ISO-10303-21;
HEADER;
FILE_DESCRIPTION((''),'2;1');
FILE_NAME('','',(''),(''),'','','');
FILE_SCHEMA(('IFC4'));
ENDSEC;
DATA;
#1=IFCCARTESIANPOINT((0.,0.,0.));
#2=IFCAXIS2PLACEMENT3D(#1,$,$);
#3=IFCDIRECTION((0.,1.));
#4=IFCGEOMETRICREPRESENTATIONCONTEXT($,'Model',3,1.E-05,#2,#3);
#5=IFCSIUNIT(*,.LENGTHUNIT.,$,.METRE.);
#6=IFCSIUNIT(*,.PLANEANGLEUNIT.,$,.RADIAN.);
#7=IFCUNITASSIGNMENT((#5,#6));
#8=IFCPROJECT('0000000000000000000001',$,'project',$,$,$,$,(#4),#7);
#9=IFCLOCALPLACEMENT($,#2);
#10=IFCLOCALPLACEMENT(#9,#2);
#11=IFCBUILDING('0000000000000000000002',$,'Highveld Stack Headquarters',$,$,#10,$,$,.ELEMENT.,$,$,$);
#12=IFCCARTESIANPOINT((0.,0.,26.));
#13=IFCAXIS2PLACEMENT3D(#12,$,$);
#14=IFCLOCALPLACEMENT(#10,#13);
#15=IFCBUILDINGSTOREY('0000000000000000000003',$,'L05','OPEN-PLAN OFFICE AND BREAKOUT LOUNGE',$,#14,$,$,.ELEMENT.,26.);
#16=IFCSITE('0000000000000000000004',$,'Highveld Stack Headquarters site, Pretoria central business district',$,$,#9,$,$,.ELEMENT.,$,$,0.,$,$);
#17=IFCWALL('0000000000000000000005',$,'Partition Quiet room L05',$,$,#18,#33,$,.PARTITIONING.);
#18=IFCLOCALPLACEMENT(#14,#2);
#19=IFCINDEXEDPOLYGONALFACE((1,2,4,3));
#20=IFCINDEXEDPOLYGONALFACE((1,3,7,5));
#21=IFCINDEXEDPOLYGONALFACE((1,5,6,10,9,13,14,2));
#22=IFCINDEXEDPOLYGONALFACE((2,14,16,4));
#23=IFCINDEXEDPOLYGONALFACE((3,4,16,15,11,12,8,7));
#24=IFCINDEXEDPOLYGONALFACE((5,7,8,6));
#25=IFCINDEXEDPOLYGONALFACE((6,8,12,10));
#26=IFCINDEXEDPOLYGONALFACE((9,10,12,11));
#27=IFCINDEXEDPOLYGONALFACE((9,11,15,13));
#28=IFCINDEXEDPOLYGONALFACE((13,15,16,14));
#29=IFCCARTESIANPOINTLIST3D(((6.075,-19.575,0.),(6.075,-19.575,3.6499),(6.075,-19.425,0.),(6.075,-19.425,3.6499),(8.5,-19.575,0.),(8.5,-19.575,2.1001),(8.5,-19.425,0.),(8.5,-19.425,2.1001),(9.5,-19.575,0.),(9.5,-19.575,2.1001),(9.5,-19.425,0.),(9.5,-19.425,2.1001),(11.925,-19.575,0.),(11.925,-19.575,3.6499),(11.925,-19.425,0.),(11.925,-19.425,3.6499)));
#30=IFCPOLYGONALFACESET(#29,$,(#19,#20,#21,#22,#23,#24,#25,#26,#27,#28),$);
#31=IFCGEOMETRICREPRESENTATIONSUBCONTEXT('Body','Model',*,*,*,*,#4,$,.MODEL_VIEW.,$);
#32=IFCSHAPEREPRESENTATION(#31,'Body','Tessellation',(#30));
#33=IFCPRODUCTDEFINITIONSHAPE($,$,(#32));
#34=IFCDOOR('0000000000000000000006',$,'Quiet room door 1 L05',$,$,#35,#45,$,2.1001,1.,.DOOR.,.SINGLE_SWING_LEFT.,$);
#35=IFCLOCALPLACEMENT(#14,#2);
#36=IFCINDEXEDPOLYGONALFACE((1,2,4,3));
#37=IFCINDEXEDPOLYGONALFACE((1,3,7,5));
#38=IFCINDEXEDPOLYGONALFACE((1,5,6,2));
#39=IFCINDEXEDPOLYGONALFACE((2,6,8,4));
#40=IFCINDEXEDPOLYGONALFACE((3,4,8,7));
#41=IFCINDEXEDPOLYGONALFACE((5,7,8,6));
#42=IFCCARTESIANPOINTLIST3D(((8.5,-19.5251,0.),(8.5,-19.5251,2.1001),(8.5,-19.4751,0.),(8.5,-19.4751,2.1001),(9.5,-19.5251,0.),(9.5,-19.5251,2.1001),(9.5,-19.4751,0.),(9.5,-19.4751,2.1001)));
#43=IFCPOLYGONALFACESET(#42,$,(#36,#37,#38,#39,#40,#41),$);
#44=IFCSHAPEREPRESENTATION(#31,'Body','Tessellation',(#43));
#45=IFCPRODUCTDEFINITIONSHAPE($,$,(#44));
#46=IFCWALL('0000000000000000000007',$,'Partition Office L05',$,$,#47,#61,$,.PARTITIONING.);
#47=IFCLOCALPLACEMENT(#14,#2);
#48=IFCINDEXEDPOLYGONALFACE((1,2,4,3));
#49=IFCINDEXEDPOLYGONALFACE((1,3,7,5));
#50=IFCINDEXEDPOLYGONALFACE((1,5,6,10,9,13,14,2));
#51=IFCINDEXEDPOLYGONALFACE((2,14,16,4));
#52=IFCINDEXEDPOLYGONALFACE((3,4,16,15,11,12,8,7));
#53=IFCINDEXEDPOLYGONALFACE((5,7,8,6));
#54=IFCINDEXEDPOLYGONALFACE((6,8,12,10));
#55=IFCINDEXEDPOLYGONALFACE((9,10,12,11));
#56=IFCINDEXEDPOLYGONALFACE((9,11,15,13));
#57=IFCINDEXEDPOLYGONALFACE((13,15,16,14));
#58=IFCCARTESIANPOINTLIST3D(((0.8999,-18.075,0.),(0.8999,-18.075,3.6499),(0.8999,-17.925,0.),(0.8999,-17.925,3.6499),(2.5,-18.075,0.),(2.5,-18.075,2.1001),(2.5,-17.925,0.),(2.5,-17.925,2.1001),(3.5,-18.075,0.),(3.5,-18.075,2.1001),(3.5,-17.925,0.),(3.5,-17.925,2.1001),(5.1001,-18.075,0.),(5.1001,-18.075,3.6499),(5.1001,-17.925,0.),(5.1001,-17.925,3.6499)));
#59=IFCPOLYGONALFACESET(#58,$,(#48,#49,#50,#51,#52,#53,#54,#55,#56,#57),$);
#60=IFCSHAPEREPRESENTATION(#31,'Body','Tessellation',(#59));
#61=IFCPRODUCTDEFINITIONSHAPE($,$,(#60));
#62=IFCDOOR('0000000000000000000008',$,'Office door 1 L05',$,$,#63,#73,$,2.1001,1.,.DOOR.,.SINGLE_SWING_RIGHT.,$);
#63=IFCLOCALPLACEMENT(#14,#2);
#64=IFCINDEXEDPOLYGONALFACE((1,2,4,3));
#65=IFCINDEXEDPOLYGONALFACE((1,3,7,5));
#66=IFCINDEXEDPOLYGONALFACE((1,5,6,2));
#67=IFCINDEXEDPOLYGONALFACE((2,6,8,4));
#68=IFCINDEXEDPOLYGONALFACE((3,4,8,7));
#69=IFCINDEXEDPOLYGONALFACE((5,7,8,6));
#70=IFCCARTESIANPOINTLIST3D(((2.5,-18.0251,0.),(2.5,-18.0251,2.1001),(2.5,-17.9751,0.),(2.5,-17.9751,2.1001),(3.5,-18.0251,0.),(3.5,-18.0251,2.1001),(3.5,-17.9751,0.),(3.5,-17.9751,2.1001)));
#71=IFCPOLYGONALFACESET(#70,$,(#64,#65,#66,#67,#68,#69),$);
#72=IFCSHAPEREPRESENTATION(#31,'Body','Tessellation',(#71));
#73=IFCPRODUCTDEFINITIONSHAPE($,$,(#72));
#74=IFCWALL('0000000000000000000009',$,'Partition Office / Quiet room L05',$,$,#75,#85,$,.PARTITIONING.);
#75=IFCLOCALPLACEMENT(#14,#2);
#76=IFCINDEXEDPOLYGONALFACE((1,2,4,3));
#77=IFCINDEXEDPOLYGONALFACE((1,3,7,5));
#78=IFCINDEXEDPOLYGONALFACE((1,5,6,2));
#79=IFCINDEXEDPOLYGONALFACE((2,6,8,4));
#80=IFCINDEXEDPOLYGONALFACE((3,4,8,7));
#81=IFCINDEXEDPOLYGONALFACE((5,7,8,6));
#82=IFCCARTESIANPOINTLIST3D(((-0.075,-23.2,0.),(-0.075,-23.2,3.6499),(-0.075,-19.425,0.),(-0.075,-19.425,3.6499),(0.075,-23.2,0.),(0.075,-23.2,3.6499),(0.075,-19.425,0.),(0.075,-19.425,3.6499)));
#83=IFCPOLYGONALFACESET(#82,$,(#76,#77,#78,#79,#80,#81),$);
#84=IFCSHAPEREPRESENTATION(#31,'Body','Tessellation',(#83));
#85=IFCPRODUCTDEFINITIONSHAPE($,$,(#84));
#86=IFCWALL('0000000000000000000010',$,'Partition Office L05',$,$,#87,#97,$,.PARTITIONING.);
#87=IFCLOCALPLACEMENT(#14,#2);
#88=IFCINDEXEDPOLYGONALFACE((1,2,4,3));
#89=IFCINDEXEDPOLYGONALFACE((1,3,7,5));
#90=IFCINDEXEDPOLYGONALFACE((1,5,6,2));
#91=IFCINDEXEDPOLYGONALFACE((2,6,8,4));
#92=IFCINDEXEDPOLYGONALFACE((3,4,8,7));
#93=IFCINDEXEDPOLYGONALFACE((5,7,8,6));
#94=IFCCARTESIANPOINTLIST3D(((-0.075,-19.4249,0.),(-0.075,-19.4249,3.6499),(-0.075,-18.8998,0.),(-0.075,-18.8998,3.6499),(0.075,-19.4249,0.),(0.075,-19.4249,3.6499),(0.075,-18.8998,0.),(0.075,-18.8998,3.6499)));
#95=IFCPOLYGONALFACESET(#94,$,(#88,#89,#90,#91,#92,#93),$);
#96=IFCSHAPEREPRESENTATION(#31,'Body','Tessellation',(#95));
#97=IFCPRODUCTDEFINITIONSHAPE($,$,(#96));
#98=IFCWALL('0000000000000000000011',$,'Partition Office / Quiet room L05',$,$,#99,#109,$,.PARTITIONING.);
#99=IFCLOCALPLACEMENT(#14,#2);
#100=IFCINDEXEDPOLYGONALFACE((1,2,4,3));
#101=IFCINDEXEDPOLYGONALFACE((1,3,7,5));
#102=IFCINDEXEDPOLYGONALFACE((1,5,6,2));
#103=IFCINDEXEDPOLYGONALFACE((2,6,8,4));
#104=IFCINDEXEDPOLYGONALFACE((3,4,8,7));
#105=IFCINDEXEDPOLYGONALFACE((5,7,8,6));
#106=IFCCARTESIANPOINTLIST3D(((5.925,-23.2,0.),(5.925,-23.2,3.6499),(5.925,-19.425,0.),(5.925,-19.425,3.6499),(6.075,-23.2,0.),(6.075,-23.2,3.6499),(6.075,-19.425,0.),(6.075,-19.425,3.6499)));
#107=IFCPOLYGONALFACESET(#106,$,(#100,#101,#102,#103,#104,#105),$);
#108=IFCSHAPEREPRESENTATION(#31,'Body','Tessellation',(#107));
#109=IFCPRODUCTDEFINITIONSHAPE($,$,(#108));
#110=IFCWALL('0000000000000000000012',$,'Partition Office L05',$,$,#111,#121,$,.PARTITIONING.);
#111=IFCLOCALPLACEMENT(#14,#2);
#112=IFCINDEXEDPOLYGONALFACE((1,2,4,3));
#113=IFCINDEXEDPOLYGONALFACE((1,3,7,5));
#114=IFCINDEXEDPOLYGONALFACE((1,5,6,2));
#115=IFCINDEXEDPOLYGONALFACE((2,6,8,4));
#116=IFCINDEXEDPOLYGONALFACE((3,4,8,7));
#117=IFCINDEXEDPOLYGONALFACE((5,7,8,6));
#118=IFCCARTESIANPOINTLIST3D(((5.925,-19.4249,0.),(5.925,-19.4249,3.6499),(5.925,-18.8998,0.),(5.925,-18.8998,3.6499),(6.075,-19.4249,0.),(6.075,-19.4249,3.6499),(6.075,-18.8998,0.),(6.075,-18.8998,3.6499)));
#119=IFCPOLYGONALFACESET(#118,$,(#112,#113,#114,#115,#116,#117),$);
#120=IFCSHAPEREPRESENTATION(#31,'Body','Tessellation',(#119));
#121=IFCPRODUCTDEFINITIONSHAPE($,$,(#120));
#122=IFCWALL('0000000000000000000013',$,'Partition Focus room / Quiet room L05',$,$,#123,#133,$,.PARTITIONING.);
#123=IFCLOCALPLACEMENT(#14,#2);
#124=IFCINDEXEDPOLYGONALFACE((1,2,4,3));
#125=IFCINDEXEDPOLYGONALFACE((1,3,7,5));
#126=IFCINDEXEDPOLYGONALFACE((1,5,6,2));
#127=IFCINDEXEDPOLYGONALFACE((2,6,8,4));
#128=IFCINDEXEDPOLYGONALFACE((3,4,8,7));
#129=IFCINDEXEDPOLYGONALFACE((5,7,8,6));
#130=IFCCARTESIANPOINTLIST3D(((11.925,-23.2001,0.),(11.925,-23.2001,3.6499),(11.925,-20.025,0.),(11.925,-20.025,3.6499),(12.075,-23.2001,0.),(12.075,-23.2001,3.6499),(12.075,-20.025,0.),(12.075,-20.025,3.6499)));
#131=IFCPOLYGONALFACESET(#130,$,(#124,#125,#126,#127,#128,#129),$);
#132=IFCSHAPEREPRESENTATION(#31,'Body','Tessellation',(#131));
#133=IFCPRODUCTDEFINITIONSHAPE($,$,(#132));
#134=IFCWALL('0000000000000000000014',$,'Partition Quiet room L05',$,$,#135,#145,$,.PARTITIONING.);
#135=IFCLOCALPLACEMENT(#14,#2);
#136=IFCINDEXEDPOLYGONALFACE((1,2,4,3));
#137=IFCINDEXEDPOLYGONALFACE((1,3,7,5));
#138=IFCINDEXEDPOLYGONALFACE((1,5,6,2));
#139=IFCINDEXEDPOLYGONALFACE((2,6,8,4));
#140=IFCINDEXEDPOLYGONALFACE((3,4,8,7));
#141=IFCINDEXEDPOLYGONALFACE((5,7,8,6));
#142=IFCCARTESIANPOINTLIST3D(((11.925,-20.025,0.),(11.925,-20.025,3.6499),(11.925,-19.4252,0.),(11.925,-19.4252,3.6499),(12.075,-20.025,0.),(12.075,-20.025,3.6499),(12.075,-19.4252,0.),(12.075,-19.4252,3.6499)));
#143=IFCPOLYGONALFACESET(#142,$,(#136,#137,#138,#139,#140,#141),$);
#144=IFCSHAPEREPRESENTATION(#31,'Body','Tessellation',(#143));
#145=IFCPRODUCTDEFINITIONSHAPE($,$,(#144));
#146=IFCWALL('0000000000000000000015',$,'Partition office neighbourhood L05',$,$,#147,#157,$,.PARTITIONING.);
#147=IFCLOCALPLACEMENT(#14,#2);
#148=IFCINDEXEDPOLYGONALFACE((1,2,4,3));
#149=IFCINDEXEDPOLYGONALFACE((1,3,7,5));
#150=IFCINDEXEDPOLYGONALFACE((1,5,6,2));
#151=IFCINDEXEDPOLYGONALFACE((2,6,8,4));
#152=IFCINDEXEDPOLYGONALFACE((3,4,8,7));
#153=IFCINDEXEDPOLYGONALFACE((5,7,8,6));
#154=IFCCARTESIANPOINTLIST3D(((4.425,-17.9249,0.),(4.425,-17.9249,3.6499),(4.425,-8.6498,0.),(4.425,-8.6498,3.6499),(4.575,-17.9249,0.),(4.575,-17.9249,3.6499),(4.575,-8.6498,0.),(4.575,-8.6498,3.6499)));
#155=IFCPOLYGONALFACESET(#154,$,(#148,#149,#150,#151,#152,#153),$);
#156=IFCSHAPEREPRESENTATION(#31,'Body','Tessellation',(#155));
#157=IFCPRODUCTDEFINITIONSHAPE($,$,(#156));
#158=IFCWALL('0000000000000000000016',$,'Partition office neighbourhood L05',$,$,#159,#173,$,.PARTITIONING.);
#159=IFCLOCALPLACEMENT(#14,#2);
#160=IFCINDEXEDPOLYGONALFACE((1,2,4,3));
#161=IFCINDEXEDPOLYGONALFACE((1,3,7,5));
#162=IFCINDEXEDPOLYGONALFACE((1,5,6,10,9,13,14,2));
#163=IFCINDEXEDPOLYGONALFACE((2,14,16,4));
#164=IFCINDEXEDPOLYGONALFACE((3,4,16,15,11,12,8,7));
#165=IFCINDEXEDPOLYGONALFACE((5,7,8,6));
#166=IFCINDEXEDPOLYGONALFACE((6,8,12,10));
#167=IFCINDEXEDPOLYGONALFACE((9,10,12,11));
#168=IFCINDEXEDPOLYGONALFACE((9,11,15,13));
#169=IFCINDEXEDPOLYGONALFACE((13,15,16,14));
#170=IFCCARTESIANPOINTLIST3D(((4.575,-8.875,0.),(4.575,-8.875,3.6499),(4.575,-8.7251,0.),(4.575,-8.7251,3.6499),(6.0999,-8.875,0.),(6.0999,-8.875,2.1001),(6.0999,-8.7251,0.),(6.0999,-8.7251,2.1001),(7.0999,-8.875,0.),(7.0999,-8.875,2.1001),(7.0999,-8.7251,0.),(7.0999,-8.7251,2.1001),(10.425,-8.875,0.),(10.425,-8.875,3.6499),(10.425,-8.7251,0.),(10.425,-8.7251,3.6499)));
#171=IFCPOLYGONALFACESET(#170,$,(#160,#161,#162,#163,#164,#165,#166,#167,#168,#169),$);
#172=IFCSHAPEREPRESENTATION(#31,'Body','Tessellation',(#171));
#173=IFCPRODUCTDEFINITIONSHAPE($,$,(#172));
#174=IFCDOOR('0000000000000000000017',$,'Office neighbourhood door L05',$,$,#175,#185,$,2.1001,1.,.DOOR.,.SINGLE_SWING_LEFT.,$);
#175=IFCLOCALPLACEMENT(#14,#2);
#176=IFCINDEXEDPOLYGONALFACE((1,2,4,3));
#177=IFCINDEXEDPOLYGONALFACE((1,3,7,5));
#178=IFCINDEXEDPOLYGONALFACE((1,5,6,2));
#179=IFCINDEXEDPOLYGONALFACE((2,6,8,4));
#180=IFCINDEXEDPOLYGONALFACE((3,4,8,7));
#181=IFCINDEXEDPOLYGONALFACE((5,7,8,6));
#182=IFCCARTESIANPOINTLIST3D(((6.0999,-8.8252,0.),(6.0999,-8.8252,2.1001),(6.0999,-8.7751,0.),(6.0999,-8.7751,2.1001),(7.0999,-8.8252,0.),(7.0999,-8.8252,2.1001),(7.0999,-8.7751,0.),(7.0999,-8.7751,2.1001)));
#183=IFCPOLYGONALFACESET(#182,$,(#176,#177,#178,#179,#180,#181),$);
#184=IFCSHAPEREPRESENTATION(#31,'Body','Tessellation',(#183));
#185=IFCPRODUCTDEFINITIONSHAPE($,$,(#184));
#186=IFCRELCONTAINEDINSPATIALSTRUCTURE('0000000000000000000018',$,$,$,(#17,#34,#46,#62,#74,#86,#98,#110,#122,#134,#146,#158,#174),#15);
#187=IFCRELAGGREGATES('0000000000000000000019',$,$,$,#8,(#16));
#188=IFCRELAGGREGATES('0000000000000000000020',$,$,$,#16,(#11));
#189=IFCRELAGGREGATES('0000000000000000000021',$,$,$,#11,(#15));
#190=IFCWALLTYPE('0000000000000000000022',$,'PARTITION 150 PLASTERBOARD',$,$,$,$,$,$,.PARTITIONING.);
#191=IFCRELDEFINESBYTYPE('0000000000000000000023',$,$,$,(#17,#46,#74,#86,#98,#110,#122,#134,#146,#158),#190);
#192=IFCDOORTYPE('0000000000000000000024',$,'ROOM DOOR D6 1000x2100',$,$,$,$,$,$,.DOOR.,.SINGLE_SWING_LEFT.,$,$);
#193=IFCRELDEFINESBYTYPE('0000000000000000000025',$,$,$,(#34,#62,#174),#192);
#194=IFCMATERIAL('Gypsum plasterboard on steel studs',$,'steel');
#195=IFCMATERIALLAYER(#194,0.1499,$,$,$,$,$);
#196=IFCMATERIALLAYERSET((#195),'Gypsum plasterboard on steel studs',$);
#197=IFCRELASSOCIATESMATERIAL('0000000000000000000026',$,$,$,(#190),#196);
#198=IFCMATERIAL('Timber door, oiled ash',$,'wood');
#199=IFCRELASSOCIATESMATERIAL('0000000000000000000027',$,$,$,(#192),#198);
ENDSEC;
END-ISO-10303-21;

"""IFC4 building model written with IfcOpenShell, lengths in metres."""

from ifc_helpers import new_model, si_unit, direction, frame, frame_2d, origin, place, context, subcontext, project, spatial, rectangle, extrude, material, layer, layer_set, type_object, element, fill, save


model = new_model("IFC4")

# Units and contexts
model_context = context("Model", 3, precision=1e-05, world=origin(), true_north=direction((0.0, 1.0)))
body_context = subcontext(model_context, "Body", "Model", "MODEL_VIEW")
ifc_project = project(units=[si_unit("LENGTHUNIT", "METRE"), si_unit("PLANEANGLEUNIT", "RADIAN")], contexts=[model_context])

# Site, building, storey
site_placement = place(None, origin())
site = spatial("IfcSite", under=ifc_project, at=site_placement, Name="Highveld Stack Headquarters site, Pretoria central business district", CompositionType="ELEMENT", RefElevation=0.0)
building_placement = place(site_placement, origin())
building = spatial("IfcBuilding", under=site, at=building_placement, Name="Highveld Stack Headquarters", CompositionType="ELEMENT")
storey_placement = place(building_placement, frame((0.0, 0.0, 26.0)))
storey = spatial("IfcBuildingStorey", under=building, at=storey_placement, Name="L05", Description="OPEN-PLAN OFFICE AND BREAKOUT LOUNGE", CompositionType="ELEMENT", Elevation=26.0)

# Walls, openings, doors
ifc_material_1 = material(Name="Gypsum plasterboard on steel studs", Category="steel")
ifc_layer_1 = layer(ifc_material_1, 0.1499)
ifc_layer_set_1 = layer_set([ifc_layer_1], Name="Gypsum plasterboard on steel studs")
wall_type_1 = type_object("IfcWallType", Name="PARTITION 150 PLASTERBOARD", PredefinedType="PARTITIONING", material=ifc_layer_set_1)
ifc_material_2 = material(Name="Timber door, oiled ash", Category="wood")
door_type = type_object("IfcDoorType", Name="ROOM DOOR D6 1000x2100", OperationType="SINGLE_SWING_LEFT", PredefinedType="DOOR", material=ifc_material_2)
wall_1_placement = place(storey_placement, frame((6.075, -19.5, 0.0), z_axis=(0.0, 0.0, 1.0), x_axis=(1.0, 0.0, 0.0)))
wall_1 = element("IfcWall", 1, at=wall_1_placement, inside=storey, type_object=wall_type_1, Name="Partition Quiet room L05", PredefinedType="PARTITIONING", context=body_context, shape_type="SweptSolid", body=[
    extrude(rectangle(XDim=5.8501, YDim=0.1499, at=frame_2d((2.925, 0.0))), origin(), (0.0, 0.0, 1.0), 3.6499),
])
opening_1_placement = place(wall_1_placement, frame((2.425, 0.0, 0.0)))
opening_1 = element("IfcOpeningElement", 2, at=opening_1_placement, cuts=wall_1, PredefinedType="OPENING", context=body_context, shape_type="SweptSolid", body=[
    extrude(rectangle(XDim=1.0, YDim=2.1001, at=frame_2d((0.5, 1.05))), frame((0.0, 0.085, 0.0), z_axis=(0.0, -1.0, 0.0), x_axis=(1.0, 0.0, 0.0)), (0.0, 0.0, 1.0), 0.1699),
])
door_1_placement = place(opening_1_placement, origin())
door_1 = element("IfcDoor", 3, at=door_1_placement, inside=storey, type_object=door_type, Name="Quiet room door 1 L05", OperationType="SINGLE_SWING_LEFT", OverallHeight=2.1001, OverallWidth=1.0, PredefinedType="DOOR", context=body_context, shape_type="SweptSolid", body=[
    extrude(rectangle(XDim=1.0, YDim=2.1001, at=frame_2d((0.5, 1.05))), frame((0.0, 0.0249, 0.0), z_axis=(0.0, -1.0, 0.0), x_axis=(1.0, 0.0, 0.0)), (0.0, 0.0, 1.0), 0.05),
])
fill(opening_1, door_1)
wall_2_placement = place(storey_placement, frame((0.8999, -18.0, 0.0), z_axis=(0.0, 0.0, 1.0), x_axis=(1.0, 0.0, 0.0)))
wall_2 = element("IfcWall", 4, at=wall_2_placement, inside=storey, type_object=wall_type_1, Name="Partition Office L05", PredefinedType="PARTITIONING", context=body_context, shape_type="SweptSolid", body=[
    extrude(rectangle(XDim=4.2002, YDim=0.1499, at=frame_2d((2.1001, 0.0))), origin(), (0.0, 0.0, 1.0), 3.6499),
])
opening_2_placement = place(wall_2_placement, frame((1.6001, 0.0, 0.0)))
opening_2 = element("IfcOpeningElement", 5, at=opening_2_placement, cuts=wall_2, PredefinedType="OPENING", context=body_context, shape_type="SweptSolid", body=[
    extrude(rectangle(XDim=1.0, YDim=2.1001, at=frame_2d((0.5, 1.05))), frame((0.0, 0.085, 0.0), z_axis=(0.0, -1.0, 0.0), x_axis=(1.0, 0.0, 0.0)), (0.0, 0.0, 1.0), 0.1699),
])
door_2_placement = place(opening_2_placement, origin())
door_2 = element("IfcDoor", 6, at=door_2_placement, inside=storey, type_object=door_type, Name="Office door 1 L05", OperationType="SINGLE_SWING_RIGHT", OverallHeight=2.1001, OverallWidth=1.0, PredefinedType="DOOR", context=body_context, shape_type="SweptSolid", body=[
    extrude(rectangle(XDim=1.0, YDim=2.1001, at=frame_2d((0.5, 1.05))), frame((0.0, 0.0249, 0.0), z_axis=(0.0, -1.0, 0.0), x_axis=(1.0, 0.0, 0.0)), (0.0, 0.0, 1.0), 0.05),
])
fill(opening_2, door_2)

# Walls
wall_3_placement = place(storey_placement, frame((0.0, -23.2, 0.0), z_axis=(0.0, 0.0, 1.0), x_axis=(0.0, 1.0, 0.0)))
element("IfcWall", 7, at=wall_3_placement, inside=storey, type_object=wall_type_1, Name="Partition Office / Quiet room L05", PredefinedType="PARTITIONING", context=body_context, shape_type="SweptSolid", body=[
    extrude(rectangle(XDim=3.7749, YDim=0.1499, at=frame_2d((1.8875, 0.0))), origin(), (0.0, 0.0, 1.0), 3.6499),
])
wall_4_placement = place(storey_placement, frame((0.0, -19.425, 0.0), z_axis=(0.0, 0.0, 1.0), x_axis=(0.0, 1.0, 0.0)))
element("IfcWall", 8, at=wall_4_placement, inside=storey, type_object=wall_type_1, Name="Partition Office L05", PredefinedType="PARTITIONING", context=body_context, shape_type="SweptSolid", body=[
    extrude(rectangle(XDim=0.5251, YDim=0.1499, at=frame_2d((0.2627, 0.0))), origin(), (0.0, 0.0, 1.0), 3.6499),
])
wall_5_placement = place(storey_placement, frame((6.0, -23.2, 0.0), z_axis=(0.0, 0.0, 1.0), x_axis=(0.0, 1.0, 0.0)))
element("IfcWall", 9, at=wall_5_placement, inside=storey, type_object=wall_type_1, Name="Partition Office / Quiet room L05", PredefinedType="PARTITIONING", context=body_context, shape_type="SweptSolid", body=[
    extrude(rectangle(XDim=3.7749, YDim=0.1499, at=frame_2d((1.8875, 0.0))), origin(), (0.0, 0.0, 1.0), 3.6499),
])
wall_6_placement = place(storey_placement, frame((6.0, -19.425, 0.0), z_axis=(0.0, 0.0, 1.0), x_axis=(0.0, 1.0, 0.0)))
element("IfcWall", 10, at=wall_6_placement, inside=storey, type_object=wall_type_1, Name="Partition Office L05", PredefinedType="PARTITIONING", context=body_context, shape_type="SweptSolid", body=[
    extrude(rectangle(XDim=0.5251, YDim=0.1499, at=frame_2d((0.2627, 0.0))), origin(), (0.0, 0.0, 1.0), 3.6499),
])
wall_7_placement = place(storey_placement, frame((12.0, -23.2, 0.0), z_axis=(0.0, 0.0, 1.0), x_axis=(0.0, 1.0, 0.0)))
element("IfcWall", 11, at=wall_7_placement, inside=storey, type_object=wall_type_1, Name="Partition Focus room / Quiet room L05", PredefinedType="PARTITIONING", context=body_context, shape_type="SweptSolid", body=[
    extrude(rectangle(XDim=3.175, YDim=0.1499, at=frame_2d((1.5874, 0.0))), origin(), (0.0, 0.0, 1.0), 3.6499),
])
wall_8_placement = place(storey_placement, frame((12.0, -20.0249, 0.0), z_axis=(0.0, 0.0, 1.0), x_axis=(0.0, 1.0, 0.0)))
element("IfcWall", 12, at=wall_8_placement, inside=storey, type_object=wall_type_1, Name="Partition Quiet room L05", PredefinedType="PARTITIONING", context=body_context, shape_type="SweptSolid", body=[
    extrude(rectangle(XDim=0.5999, YDim=0.1499, at=frame_2d((0.2998, 0.0))), origin(), (0.0, 0.0, 1.0), 3.6499),
])
wall_9_placement = place(storey_placement, frame((4.5, -17.925, 0.0), z_axis=(0.0, 0.0, 1.0), x_axis=(0.0, 1.0, 0.0)))
element("IfcWall", 13, at=wall_9_placement, inside=storey, type_object=wall_type_1, Name="Partition office neighbourhood L05", PredefinedType="PARTITIONING", context=body_context, shape_type="SweptSolid", body=[
    extrude(rectangle(XDim=9.2751, YDim=0.1499, at=frame_2d((4.6377, 0.0))), origin(), (0.0, 0.0, 1.0), 3.6499),
])

# Wall, opening, door
wall_10_placement = place(storey_placement, frame((4.575, -8.8, 0.0), z_axis=(0.0, 0.0, 1.0), x_axis=(1.0, 0.0, 0.0)))
wall_10 = element("IfcWall", 14, at=wall_10_placement, inside=storey, type_object=wall_type_1, Name="Partition office neighbourhood L05", PredefinedType="PARTITIONING", context=body_context, shape_type="SweptSolid", body=[
    extrude(rectangle(XDim=5.8501, YDim=0.1499, at=frame_2d((2.925, 0.0))), origin(), (0.0, 0.0, 1.0), 3.6499),
])
opening_3_placement = place(wall_10_placement, frame((1.5249, 0.0, 0.0)))
opening_3 = element("IfcOpeningElement", 15, at=opening_3_placement, cuts=wall_10, PredefinedType="OPENING", context=body_context, shape_type="SweptSolid", body=[
    extrude(rectangle(XDim=1.0, YDim=2.1001, at=frame_2d((0.5, 1.05))), frame((0.0, 0.085, 0.0), z_axis=(0.0, -1.0, 0.0), x_axis=(1.0, 0.0, 0.0)), (0.0, 0.0, 1.0), 0.1699),
])
door_3_placement = place(opening_3_placement, origin())
door_3 = element("IfcDoor", 16, at=door_3_placement, inside=storey, type_object=door_type, Name="Office neighbourhood door L05", OperationType="SINGLE_SWING_LEFT", OverallHeight=2.1001, OverallWidth=1.0, PredefinedType="DOOR", context=body_context, shape_type="SweptSolid", body=[
    extrude(rectangle(XDim=1.0, YDim=2.1001, at=frame_2d((0.5, 1.05))), frame((0.0, 0.0249, 0.0), z_axis=(0.0, -1.0, 0.0), x_axis=(1.0, 0.0, 0.0)), (0.0, 0.0, 1.0), 0.05),
])
fill(opening_3, door_3)

save(model, "model.ifc")
